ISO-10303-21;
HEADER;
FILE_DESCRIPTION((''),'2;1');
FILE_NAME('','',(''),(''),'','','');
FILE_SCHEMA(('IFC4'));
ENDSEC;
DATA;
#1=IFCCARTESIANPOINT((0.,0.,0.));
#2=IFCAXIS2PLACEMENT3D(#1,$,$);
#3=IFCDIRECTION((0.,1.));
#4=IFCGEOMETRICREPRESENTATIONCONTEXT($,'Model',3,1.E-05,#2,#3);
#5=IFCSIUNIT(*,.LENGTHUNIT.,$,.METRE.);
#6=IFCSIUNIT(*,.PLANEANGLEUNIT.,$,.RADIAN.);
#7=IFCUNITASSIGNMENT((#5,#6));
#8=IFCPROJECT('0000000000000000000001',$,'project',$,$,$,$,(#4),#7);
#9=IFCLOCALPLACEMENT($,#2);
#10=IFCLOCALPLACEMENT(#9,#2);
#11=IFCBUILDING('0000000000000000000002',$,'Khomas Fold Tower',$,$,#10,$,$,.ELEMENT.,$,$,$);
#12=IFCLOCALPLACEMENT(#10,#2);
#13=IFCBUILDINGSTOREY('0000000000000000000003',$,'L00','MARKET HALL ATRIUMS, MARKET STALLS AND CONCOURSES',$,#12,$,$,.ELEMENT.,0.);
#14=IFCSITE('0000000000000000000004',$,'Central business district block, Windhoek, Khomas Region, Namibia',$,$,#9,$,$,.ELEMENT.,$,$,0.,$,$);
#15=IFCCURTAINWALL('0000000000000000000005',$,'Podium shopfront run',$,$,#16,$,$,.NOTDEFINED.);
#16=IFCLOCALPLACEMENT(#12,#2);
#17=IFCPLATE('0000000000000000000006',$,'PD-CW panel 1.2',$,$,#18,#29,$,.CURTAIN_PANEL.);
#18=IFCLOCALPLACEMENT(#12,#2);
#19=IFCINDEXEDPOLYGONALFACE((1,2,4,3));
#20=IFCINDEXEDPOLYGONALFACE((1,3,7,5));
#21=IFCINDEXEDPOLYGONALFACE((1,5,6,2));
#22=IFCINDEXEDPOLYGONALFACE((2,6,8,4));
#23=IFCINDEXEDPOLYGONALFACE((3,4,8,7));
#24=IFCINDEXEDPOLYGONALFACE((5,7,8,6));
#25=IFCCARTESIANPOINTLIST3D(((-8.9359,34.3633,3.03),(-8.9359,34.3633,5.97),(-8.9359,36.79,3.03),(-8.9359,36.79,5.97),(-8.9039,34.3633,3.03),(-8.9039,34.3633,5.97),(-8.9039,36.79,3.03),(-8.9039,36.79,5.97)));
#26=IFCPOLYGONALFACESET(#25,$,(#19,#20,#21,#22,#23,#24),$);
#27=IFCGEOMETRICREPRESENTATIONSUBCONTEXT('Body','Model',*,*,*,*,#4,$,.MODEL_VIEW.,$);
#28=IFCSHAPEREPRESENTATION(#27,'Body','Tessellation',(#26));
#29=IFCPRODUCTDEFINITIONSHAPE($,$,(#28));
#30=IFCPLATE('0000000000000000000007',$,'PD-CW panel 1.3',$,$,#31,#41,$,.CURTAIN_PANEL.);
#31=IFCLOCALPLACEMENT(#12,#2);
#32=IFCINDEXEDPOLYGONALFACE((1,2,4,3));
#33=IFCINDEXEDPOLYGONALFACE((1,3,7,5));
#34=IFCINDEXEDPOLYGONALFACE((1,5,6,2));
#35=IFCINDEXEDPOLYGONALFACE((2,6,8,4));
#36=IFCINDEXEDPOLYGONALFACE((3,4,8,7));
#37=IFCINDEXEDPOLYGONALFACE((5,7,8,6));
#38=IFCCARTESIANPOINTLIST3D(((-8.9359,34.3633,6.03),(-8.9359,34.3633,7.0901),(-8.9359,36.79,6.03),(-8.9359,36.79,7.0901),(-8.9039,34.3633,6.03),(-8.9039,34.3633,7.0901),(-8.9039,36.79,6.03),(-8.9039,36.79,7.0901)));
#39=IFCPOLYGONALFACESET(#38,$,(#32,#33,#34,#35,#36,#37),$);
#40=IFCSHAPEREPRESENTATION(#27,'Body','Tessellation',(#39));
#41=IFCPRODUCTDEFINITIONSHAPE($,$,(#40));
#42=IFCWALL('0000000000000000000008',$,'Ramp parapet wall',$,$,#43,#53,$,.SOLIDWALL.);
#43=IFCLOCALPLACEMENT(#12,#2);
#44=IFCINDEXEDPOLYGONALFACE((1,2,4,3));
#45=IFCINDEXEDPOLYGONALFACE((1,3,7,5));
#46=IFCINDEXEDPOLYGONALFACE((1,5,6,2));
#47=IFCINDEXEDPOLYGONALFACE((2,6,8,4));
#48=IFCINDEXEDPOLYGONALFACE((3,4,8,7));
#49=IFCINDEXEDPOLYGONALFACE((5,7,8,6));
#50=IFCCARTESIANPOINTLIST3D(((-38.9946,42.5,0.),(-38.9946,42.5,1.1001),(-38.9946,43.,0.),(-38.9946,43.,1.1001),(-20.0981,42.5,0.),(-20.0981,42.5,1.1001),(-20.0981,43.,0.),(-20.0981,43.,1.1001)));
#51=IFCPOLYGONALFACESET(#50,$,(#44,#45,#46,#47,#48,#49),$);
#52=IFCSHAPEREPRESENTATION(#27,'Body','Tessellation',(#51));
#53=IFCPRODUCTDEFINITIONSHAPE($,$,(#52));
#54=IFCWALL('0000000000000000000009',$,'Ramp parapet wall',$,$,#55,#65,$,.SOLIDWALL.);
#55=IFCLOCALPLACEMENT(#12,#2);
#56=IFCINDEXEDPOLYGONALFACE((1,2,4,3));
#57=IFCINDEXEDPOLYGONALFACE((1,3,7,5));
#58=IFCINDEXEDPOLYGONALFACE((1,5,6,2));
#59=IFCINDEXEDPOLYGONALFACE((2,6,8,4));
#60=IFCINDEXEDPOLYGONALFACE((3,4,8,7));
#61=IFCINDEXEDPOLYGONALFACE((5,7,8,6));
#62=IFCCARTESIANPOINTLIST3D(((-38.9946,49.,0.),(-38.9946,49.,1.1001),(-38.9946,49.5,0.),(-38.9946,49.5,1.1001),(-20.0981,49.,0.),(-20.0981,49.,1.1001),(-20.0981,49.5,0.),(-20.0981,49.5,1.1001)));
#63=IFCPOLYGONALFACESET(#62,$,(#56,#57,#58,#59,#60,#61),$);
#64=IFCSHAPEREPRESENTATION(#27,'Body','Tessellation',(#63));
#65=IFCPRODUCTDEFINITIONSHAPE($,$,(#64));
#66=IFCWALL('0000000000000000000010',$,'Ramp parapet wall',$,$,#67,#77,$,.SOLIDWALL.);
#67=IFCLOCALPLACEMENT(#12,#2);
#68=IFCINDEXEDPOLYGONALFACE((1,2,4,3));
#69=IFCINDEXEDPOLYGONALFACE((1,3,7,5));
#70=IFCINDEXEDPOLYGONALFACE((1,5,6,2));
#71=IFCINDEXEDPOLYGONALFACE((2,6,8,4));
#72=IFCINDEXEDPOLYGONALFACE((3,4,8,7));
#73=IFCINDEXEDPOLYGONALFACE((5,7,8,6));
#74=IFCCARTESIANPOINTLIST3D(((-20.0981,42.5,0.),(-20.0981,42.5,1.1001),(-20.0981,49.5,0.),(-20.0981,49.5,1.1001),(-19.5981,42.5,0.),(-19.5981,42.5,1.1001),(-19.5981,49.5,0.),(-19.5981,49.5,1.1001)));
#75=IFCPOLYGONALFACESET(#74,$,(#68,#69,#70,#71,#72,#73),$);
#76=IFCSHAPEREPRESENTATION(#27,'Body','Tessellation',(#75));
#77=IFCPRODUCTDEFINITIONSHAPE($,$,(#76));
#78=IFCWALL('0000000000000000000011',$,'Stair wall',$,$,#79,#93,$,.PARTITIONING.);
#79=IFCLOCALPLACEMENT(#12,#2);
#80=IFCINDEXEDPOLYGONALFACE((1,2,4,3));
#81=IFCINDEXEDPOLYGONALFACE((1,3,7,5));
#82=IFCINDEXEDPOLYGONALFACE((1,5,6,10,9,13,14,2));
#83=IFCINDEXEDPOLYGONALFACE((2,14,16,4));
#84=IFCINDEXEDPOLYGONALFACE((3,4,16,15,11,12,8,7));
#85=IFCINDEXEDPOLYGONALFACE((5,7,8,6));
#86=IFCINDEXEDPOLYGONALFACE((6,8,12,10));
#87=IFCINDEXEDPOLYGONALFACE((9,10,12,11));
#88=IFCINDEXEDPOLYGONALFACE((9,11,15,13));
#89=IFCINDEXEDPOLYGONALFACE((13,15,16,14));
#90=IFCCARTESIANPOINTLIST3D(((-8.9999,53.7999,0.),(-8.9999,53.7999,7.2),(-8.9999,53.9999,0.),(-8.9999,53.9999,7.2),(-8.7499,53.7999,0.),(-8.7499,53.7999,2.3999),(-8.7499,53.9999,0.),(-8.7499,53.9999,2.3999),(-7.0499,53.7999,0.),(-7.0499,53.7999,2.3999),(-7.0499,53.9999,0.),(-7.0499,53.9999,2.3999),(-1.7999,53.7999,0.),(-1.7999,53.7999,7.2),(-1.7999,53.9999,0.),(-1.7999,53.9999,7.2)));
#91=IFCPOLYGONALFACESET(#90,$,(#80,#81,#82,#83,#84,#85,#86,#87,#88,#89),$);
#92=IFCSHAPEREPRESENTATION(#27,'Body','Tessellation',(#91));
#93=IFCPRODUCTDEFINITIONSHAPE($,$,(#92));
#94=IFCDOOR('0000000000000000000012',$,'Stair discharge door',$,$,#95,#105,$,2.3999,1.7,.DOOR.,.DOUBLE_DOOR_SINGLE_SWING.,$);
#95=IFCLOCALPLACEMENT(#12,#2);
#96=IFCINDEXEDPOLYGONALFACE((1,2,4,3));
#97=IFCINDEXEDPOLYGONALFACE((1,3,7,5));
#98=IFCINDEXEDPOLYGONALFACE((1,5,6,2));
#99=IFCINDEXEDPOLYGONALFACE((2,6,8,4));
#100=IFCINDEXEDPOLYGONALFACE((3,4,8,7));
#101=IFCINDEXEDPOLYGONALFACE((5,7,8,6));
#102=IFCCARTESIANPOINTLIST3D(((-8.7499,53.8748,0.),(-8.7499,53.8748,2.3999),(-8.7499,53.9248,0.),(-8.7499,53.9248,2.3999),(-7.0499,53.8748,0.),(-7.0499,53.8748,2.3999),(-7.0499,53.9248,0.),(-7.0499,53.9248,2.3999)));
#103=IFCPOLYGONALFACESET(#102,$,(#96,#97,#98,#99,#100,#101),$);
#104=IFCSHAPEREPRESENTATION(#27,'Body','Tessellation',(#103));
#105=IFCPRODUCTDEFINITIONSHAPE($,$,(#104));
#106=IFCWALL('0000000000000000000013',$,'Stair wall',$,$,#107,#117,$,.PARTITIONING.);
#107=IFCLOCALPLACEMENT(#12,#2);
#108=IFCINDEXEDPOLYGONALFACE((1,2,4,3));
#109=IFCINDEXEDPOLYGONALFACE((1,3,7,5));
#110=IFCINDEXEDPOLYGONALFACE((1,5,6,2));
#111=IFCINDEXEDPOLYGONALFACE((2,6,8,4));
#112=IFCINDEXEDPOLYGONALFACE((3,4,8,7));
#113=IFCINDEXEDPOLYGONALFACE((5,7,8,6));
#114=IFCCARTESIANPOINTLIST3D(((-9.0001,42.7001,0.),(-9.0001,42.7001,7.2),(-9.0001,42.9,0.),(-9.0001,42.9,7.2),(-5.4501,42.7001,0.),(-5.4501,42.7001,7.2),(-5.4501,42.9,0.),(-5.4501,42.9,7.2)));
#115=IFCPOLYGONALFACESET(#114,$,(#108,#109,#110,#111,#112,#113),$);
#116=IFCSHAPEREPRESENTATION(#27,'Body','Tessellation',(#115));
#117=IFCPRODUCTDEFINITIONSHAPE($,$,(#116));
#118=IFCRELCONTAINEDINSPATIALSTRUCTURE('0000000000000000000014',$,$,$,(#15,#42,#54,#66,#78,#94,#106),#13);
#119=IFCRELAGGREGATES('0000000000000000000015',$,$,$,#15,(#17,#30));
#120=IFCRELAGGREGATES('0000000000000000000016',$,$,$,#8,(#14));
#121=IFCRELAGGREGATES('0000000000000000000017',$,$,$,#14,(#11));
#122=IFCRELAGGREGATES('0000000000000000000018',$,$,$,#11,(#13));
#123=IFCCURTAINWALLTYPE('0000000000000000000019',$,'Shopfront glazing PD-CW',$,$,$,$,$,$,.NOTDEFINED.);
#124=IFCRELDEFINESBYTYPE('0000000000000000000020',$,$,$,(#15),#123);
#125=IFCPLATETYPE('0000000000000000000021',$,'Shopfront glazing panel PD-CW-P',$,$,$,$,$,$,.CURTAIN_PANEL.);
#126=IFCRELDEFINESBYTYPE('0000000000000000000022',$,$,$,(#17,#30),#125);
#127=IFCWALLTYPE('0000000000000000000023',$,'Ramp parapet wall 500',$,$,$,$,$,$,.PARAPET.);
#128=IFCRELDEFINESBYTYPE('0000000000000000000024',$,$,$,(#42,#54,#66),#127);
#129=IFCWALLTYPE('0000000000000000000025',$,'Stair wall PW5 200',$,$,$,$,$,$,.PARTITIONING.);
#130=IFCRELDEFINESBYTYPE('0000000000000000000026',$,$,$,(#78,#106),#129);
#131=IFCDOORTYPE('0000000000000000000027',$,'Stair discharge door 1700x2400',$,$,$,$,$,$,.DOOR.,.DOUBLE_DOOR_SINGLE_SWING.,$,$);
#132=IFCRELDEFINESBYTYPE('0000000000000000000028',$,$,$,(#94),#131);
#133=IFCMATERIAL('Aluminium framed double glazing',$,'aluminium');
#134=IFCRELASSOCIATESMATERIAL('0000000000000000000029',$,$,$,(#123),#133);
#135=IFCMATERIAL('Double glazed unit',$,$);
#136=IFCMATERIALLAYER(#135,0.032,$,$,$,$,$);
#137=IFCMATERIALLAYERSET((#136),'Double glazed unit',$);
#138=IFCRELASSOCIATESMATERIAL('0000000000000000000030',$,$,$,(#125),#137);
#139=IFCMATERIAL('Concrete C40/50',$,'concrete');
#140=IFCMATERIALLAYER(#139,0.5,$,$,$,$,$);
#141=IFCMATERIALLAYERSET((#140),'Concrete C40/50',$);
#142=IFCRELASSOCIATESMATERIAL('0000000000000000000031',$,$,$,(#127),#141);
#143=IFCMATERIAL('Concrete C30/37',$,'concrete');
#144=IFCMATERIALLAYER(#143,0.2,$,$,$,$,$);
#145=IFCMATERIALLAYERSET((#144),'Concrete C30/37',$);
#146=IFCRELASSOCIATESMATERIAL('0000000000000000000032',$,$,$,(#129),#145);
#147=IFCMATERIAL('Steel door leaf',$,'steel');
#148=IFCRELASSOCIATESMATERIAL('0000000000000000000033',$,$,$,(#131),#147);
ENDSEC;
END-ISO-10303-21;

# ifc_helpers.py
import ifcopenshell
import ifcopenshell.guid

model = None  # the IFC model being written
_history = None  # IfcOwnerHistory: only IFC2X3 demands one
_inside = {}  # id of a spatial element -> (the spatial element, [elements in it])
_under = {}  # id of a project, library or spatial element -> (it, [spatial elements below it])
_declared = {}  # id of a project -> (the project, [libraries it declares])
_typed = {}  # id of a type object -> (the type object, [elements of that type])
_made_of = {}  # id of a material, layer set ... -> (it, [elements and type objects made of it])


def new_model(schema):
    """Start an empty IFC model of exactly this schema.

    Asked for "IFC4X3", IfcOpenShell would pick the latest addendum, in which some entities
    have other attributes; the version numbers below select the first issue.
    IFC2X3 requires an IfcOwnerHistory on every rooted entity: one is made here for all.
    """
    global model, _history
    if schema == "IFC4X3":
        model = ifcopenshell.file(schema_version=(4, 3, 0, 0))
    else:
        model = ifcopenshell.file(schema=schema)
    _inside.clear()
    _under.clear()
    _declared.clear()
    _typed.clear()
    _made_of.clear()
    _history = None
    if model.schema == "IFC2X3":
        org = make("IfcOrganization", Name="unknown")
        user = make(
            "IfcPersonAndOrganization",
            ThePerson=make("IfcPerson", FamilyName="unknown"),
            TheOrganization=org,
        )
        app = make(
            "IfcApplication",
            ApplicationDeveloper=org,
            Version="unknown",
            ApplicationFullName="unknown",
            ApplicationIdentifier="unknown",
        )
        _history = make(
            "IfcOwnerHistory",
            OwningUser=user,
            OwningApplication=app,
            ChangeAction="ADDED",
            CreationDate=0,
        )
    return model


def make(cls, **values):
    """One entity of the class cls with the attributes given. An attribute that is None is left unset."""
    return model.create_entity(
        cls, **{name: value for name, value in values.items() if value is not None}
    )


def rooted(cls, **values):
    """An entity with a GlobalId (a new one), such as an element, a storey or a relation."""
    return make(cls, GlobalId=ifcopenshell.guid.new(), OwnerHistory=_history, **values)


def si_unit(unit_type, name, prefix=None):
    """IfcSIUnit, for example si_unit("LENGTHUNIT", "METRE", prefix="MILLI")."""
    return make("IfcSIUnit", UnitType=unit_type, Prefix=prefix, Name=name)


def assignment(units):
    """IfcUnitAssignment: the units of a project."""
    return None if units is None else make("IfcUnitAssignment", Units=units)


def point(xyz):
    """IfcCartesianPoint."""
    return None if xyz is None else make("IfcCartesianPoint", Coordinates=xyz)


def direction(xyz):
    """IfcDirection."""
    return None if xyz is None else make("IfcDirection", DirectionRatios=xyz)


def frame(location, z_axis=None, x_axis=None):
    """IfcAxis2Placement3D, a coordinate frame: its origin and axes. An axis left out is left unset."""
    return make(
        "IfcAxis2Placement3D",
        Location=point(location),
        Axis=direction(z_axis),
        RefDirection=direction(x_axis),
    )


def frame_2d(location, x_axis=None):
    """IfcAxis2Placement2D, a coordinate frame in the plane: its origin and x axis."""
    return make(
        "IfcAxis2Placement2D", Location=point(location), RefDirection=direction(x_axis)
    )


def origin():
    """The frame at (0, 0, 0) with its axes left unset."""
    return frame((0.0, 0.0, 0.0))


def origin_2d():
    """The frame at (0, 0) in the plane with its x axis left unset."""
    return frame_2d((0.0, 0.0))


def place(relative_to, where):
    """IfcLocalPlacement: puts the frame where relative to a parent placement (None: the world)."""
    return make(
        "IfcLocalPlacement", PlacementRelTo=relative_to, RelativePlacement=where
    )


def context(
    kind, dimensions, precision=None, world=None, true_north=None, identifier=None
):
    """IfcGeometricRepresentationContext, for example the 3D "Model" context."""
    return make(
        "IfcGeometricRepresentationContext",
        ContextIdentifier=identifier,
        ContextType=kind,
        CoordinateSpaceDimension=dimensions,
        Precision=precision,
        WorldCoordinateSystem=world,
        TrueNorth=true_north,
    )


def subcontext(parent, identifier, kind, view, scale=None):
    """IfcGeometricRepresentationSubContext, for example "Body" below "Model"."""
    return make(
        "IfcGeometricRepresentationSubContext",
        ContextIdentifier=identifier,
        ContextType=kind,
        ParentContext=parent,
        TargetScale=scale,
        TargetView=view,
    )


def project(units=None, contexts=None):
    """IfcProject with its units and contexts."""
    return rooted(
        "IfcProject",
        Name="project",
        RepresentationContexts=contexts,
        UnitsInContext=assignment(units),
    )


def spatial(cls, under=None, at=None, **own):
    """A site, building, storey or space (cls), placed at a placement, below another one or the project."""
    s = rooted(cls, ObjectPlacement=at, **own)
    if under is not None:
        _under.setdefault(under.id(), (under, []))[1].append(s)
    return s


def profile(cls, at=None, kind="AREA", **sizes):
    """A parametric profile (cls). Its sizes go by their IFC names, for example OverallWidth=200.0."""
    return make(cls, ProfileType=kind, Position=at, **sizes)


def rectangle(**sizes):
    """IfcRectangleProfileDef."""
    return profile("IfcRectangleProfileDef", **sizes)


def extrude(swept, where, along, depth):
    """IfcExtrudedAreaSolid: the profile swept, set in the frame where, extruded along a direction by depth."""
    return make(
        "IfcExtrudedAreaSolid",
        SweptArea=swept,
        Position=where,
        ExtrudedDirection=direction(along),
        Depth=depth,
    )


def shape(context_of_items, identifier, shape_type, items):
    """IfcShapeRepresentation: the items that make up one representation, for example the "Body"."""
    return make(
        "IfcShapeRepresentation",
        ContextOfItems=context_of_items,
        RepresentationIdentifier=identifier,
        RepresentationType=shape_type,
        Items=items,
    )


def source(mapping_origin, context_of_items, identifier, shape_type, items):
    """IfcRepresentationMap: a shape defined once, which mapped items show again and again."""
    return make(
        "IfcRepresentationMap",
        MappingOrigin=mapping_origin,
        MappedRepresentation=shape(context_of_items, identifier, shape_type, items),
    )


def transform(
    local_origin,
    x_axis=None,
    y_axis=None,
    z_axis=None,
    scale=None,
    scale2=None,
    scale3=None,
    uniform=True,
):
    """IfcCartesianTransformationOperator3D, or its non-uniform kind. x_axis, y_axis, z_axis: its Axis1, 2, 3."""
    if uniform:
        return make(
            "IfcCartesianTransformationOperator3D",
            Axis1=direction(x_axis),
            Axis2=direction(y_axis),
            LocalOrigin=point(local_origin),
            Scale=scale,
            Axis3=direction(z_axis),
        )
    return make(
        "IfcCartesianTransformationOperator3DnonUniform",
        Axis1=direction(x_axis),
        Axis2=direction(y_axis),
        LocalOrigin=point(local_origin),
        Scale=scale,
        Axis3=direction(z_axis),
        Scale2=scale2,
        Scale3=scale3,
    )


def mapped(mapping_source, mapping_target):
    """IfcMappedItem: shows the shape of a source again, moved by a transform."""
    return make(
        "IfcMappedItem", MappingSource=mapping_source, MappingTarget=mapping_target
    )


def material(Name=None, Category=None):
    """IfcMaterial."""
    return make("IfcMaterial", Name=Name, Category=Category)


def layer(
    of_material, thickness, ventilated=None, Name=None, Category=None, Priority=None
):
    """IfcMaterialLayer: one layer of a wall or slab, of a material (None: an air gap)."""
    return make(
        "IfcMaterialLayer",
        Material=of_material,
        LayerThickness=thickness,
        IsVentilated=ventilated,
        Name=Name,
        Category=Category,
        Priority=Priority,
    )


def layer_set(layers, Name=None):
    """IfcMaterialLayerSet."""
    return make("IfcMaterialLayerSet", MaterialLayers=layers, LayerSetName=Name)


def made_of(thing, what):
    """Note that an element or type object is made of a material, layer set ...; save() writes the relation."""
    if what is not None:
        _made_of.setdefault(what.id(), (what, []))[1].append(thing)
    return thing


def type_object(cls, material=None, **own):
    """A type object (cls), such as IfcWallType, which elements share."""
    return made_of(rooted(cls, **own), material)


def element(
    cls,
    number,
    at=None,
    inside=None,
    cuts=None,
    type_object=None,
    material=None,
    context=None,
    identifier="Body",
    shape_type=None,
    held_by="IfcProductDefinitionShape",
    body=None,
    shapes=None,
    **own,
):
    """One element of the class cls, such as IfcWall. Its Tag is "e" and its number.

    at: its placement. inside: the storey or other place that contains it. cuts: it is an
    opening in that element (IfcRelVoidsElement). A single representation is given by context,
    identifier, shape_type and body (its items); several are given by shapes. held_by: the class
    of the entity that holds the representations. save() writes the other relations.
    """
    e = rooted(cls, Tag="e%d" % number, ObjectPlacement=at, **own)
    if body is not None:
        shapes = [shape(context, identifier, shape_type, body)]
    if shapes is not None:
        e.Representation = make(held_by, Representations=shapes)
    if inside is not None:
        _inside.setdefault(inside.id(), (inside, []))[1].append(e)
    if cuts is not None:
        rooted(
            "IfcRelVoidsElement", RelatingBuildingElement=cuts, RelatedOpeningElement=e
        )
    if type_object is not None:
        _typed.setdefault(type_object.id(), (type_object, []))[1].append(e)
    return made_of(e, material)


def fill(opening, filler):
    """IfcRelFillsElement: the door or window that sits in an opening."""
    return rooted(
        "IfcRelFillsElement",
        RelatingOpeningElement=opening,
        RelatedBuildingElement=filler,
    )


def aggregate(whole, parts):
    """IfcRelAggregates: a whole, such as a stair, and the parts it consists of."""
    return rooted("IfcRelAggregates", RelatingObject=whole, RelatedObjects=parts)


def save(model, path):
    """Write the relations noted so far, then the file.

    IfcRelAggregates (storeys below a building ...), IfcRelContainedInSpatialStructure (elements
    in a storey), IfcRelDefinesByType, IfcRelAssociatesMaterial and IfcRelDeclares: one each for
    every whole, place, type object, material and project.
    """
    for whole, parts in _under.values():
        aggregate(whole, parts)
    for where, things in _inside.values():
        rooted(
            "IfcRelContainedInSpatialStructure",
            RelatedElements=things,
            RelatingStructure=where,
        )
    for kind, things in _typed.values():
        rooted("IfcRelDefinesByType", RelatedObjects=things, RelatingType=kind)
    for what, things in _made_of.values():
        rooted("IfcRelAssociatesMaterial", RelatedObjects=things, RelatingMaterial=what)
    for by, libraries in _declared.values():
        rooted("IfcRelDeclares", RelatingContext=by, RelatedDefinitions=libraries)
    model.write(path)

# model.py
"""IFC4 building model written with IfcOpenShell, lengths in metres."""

from ifc_helpers import new_model, si_unit, direction, frame, frame_2d, origin, origin_2d, place, context, subcontext, project, spatial, rectangle, extrude, source, transform, mapped, material, layer, layer_set, type_object, element, fill, aggregate, save


model = new_model("IFC4")

# Units and contexts
model_context = context("Model", 3, precision=1e-05, world=origin(), true_north=direction((0.0, 1.0)))
body_context = subcontext(model_context, "Body", "Model", "MODEL_VIEW")
ifc_project = project(units=[si_unit("LENGTHUNIT", "METRE"), si_unit("PLANEANGLEUNIT", "RADIAN")], contexts=[model_context])

# Site, building, storey
site_placement = place(None, origin())
site = spatial("IfcSite", under=ifc_project, at=site_placement, Name="Central business district block, Windhoek, Khomas Region, Namibia", CompositionType="ELEMENT", RefElevation=0.0)
building_placement = place(site_placement, origin())
building = spatial("IfcBuilding", under=site, at=building_placement, Name="Khomas Fold Tower", CompositionType="ELEMENT")
storey_placement = place(building_placement, origin())
storey = spatial("IfcBuildingStorey", under=building, at=storey_placement, Name="L00", Description="MARKET HALL ATRIUMS, MARKET STALLS AND CONCOURSES", CompositionType="ELEMENT", Elevation=0.0)

# Curtain wall
ifc_material_1 = material(Name="Aluminium framed double glazing", Category="aluminium")
curtain_wall_type = type_object("IfcCurtainWallType", Name="Shopfront glazing PD-CW", PredefinedType="NOTDEFINED", material=ifc_material_1)
curtain_wall_1_placement = place(storey_placement, origin())
curtain_wall_1 = element("IfcCurtainWall", 1, at=curtain_wall_1_placement, inside=storey, type_object=curtain_wall_type, Name="Podium shopfront run", PredefinedType="NOTDEFINED")

# Plates
ifc_material_2 = material(Name="Double glazed unit")
ifc_layer_1 = layer(ifc_material_2, 0.032)
ifc_layer_set_1 = layer_set([ifc_layer_1], Name="Double glazed unit")
plate_type = type_object("IfcPlateType", Name="Shopfront glazing panel PD-CW-P", PredefinedType="CURTAIN_PANEL", material=ifc_layer_set_1)
shared_shape_1 = source(origin(), body_context, "Body", "SweptSolid", [
    extrude(rectangle(XDim=2.4268, YDim=0.032, at=origin_2d()), origin(), (0.0, 0.0, 1.0), 2.9399),
])
plate_1_placement = place(storey_placement, frame((-8.9199, 35.5767, 3.03), z_axis=(0.0, 0.0, 1.0), x_axis=(0.0, -1.0, 0.0)))
plate_1 = element("IfcPlate", 2, at=plate_1_placement, type_object=plate_type, Name="PD-CW panel 1.2", PredefinedType="CURTAIN_PANEL", context=body_context, shape_type="MappedRepresentation", body=[
    mapped(shared_shape_1, transform((0.0, 0.0, 0.0))),
])
shared_shape_2 = source(origin(), body_context, "Body", "SweptSolid", [
    extrude(rectangle(XDim=2.4268, YDim=0.032, at=origin_2d()), origin(), (0.0, 0.0, 1.0), 1.0601),
])
plate_2_placement = place(storey_placement, frame((-8.9199, 35.5767, 6.03), z_axis=(0.0, 0.0, 1.0), x_axis=(0.0, -1.0, 0.0)))
plate_2 = element("IfcPlate", 3, at=plate_2_placement, type_object=plate_type, Name="PD-CW panel 1.3", PredefinedType="CURTAIN_PANEL", context=body_context, shape_type="MappedRepresentation", body=[
    mapped(shared_shape_2, transform((0.0, 0.0, 0.0))),
])
aggregate(curtain_wall_1, [plate_1, plate_2])

# Walls
ifc_material_3 = material(Name="Concrete C40/50", Category="concrete")
ifc_layer_2 = layer(ifc_material_3, 0.5)
ifc_layer_set_2 = layer_set([ifc_layer_2], Name="Concrete C40/50")
wall_type_1 = type_object("IfcWallType", Name="Ramp parapet wall 500", PredefinedType="PARAPET", material=ifc_layer_set_2)
shared_shape_3 = source(origin(), body_context, "Body", "SweptSolid", [
    extrude(rectangle(XDim=18.8965, YDim=0.5, at=frame_2d((9.4482, 0.0))), origin(), (0.0, 0.0, 1.0), 1.1001),
])
for number, where, z_axis, x_axis, name in (
    (4, (-38.9946, 42.75, 0.0), (0.0, 0.0, 1.0), (1.0, 0.0, 0.0), "Ramp parapet wall"),
    (5, (-38.9946, 49.25, 0.0), (0.0, 0.0, 1.0), (1.0, 0.0, 0.0), "Ramp parapet wall"),
):
    element("IfcWall", number, at=place(storey_placement, frame(where, z_axis=z_axis, x_axis=x_axis)), inside=storey, type_object=wall_type_1, Name=name, PredefinedType="SOLIDWALL", context=body_context, shape_type="MappedRepresentation", body=[
        mapped(shared_shape_3, transform((0.0, 0.0, 0.0))),
    ])
shared_shape_4 = source(origin(), body_context, "Body", "SweptSolid", [
    extrude(rectangle(XDim=7.0, YDim=0.5, at=frame_2d((3.5, 0.0))), origin(), (0.0, 0.0, 1.0), 1.1001),
])
wall_1_placement = place(storey_placement, frame((-19.8481, 42.5, 0.0), z_axis=(0.0, 0.0, 1.0), x_axis=(0.0, 1.0, 0.0)))
element("IfcWall", 6, at=wall_1_placement, inside=storey, type_object=wall_type_1, Name="Ramp parapet wall", PredefinedType="SOLIDWALL", context=body_context, shape_type="MappedRepresentation", body=[
    mapped(shared_shape_4, transform((0.0, 0.0, 0.0))),
])

# Wall, opening, door
ifc_material_4 = material(Name="Concrete C30/37", Category="concrete")
ifc_layer_3 = layer(ifc_material_4, 0.2)
ifc_layer_set_3 = layer_set([ifc_layer_3], Name="Concrete C30/37")
wall_type_2 = type_object("IfcWallType", Name="Stair wall PW5 200", PredefinedType="PARTITIONING", material=ifc_layer_set_3)
shared_shape_5 = source(origin(), body_context, "Body", "SweptSolid", [
    extrude(rectangle(XDim=7.2, YDim=0.2, at=frame_2d((3.6001, 0.0))), origin(), (0.0, 0.0, 1.0), 7.2),
])
wall_2_placement = place(storey_placement, frame((-9.0, 53.8999, 0.0), z_axis=(0.0, 0.0, 1.0), x_axis=(1.0, 0.0, 0.0)))
wall_2 = element("IfcWall", 7, at=wall_2_placement, inside=storey, type_object=wall_type_2, Name="Stair wall", PredefinedType="PARTITIONING", context=body_context, shape_type="MappedRepresentation", body=[
    mapped(shared_shape_5, transform((0.0, 0.0, 0.0))),
])
shared_shape_6 = source(origin(), body_context, "Body", "SweptSolid", [
    extrude(rectangle(XDim=1.7, YDim=2.3999, at=frame_2d((0.8501, 1.2))), frame((0.0, 0.1099, 0.0), z_axis=(0.0, -1.0, 0.0), x_axis=(1.0, 0.0, 0.0)), (0.0, 0.0, 1.0), 0.22),
])
opening_placement = place(wall_2_placement, frame((0.25, 0.0, 0.0)))
opening = element("IfcOpeningElement", 8, at=opening_placement, cuts=wall_2, PredefinedType="OPENING", context=body_context, shape_type="MappedRepresentation", body=[
    mapped(shared_shape_6, transform((0.0, 0.0, 0.0))),
])
ifc_material_5 = material(Name="Steel door leaf", Category="steel")
door_type = type_object("IfcDoorType", Name="Stair discharge door 1700x2400", OperationType="DOUBLE_DOOR_SINGLE_SWING", PredefinedType="DOOR", material=ifc_material_5)
shared_shape_7 = source(origin(), body_context, "Body", "SweptSolid", [
    extrude(rectangle(XDim=1.7, YDim=2.3999, at=frame_2d((0.8501, 1.2))), frame((0.0, 0.0249, 0.0), z_axis=(0.0, -1.0, 0.0), x_axis=(1.0, 0.0, 0.0)), (0.0, 0.0, 1.0), 0.05),
])
door_placement = place(opening_placement, origin())
door = element("IfcDoor", 9, at=door_placement, inside=storey, type_object=door_type, Name="Stair discharge door", OperationType="DOUBLE_DOOR_SINGLE_SWING", OverallHeight=2.3999, OverallWidth=1.7, PredefinedType="DOOR", context=body_context, shape_type="MappedRepresentation", body=[
    mapped(shared_shape_7, transform((0.0, 0.0, 0.0))),
])
fill(opening, door)

# Wall
shared_shape_8 = source(origin(), body_context, "Body", "SweptSolid", [
    extrude(rectangle(XDim=3.55, YDim=0.2, at=frame_2d((1.7749, 0.0))), origin(), (0.0, 0.0, 1.0), 7.2),
])
wall_3_placement = place(storey_placement, frame((-9.0, 42.8, 0.0), z_axis=(0.0, 0.0, 1.0), x_axis=(1.0, 0.0, 0.0)))
element("IfcWall", 10, at=wall_3_placement, inside=storey, type_object=wall_type_2, Name="Stair wall", PredefinedType="PARTITIONING", context=body_context, shape_type="MappedRepresentation", body=[
    mapped(shared_shape_8, transform((0.0, 0.0, 0.0))),
])

save(model, "model.ifc")
